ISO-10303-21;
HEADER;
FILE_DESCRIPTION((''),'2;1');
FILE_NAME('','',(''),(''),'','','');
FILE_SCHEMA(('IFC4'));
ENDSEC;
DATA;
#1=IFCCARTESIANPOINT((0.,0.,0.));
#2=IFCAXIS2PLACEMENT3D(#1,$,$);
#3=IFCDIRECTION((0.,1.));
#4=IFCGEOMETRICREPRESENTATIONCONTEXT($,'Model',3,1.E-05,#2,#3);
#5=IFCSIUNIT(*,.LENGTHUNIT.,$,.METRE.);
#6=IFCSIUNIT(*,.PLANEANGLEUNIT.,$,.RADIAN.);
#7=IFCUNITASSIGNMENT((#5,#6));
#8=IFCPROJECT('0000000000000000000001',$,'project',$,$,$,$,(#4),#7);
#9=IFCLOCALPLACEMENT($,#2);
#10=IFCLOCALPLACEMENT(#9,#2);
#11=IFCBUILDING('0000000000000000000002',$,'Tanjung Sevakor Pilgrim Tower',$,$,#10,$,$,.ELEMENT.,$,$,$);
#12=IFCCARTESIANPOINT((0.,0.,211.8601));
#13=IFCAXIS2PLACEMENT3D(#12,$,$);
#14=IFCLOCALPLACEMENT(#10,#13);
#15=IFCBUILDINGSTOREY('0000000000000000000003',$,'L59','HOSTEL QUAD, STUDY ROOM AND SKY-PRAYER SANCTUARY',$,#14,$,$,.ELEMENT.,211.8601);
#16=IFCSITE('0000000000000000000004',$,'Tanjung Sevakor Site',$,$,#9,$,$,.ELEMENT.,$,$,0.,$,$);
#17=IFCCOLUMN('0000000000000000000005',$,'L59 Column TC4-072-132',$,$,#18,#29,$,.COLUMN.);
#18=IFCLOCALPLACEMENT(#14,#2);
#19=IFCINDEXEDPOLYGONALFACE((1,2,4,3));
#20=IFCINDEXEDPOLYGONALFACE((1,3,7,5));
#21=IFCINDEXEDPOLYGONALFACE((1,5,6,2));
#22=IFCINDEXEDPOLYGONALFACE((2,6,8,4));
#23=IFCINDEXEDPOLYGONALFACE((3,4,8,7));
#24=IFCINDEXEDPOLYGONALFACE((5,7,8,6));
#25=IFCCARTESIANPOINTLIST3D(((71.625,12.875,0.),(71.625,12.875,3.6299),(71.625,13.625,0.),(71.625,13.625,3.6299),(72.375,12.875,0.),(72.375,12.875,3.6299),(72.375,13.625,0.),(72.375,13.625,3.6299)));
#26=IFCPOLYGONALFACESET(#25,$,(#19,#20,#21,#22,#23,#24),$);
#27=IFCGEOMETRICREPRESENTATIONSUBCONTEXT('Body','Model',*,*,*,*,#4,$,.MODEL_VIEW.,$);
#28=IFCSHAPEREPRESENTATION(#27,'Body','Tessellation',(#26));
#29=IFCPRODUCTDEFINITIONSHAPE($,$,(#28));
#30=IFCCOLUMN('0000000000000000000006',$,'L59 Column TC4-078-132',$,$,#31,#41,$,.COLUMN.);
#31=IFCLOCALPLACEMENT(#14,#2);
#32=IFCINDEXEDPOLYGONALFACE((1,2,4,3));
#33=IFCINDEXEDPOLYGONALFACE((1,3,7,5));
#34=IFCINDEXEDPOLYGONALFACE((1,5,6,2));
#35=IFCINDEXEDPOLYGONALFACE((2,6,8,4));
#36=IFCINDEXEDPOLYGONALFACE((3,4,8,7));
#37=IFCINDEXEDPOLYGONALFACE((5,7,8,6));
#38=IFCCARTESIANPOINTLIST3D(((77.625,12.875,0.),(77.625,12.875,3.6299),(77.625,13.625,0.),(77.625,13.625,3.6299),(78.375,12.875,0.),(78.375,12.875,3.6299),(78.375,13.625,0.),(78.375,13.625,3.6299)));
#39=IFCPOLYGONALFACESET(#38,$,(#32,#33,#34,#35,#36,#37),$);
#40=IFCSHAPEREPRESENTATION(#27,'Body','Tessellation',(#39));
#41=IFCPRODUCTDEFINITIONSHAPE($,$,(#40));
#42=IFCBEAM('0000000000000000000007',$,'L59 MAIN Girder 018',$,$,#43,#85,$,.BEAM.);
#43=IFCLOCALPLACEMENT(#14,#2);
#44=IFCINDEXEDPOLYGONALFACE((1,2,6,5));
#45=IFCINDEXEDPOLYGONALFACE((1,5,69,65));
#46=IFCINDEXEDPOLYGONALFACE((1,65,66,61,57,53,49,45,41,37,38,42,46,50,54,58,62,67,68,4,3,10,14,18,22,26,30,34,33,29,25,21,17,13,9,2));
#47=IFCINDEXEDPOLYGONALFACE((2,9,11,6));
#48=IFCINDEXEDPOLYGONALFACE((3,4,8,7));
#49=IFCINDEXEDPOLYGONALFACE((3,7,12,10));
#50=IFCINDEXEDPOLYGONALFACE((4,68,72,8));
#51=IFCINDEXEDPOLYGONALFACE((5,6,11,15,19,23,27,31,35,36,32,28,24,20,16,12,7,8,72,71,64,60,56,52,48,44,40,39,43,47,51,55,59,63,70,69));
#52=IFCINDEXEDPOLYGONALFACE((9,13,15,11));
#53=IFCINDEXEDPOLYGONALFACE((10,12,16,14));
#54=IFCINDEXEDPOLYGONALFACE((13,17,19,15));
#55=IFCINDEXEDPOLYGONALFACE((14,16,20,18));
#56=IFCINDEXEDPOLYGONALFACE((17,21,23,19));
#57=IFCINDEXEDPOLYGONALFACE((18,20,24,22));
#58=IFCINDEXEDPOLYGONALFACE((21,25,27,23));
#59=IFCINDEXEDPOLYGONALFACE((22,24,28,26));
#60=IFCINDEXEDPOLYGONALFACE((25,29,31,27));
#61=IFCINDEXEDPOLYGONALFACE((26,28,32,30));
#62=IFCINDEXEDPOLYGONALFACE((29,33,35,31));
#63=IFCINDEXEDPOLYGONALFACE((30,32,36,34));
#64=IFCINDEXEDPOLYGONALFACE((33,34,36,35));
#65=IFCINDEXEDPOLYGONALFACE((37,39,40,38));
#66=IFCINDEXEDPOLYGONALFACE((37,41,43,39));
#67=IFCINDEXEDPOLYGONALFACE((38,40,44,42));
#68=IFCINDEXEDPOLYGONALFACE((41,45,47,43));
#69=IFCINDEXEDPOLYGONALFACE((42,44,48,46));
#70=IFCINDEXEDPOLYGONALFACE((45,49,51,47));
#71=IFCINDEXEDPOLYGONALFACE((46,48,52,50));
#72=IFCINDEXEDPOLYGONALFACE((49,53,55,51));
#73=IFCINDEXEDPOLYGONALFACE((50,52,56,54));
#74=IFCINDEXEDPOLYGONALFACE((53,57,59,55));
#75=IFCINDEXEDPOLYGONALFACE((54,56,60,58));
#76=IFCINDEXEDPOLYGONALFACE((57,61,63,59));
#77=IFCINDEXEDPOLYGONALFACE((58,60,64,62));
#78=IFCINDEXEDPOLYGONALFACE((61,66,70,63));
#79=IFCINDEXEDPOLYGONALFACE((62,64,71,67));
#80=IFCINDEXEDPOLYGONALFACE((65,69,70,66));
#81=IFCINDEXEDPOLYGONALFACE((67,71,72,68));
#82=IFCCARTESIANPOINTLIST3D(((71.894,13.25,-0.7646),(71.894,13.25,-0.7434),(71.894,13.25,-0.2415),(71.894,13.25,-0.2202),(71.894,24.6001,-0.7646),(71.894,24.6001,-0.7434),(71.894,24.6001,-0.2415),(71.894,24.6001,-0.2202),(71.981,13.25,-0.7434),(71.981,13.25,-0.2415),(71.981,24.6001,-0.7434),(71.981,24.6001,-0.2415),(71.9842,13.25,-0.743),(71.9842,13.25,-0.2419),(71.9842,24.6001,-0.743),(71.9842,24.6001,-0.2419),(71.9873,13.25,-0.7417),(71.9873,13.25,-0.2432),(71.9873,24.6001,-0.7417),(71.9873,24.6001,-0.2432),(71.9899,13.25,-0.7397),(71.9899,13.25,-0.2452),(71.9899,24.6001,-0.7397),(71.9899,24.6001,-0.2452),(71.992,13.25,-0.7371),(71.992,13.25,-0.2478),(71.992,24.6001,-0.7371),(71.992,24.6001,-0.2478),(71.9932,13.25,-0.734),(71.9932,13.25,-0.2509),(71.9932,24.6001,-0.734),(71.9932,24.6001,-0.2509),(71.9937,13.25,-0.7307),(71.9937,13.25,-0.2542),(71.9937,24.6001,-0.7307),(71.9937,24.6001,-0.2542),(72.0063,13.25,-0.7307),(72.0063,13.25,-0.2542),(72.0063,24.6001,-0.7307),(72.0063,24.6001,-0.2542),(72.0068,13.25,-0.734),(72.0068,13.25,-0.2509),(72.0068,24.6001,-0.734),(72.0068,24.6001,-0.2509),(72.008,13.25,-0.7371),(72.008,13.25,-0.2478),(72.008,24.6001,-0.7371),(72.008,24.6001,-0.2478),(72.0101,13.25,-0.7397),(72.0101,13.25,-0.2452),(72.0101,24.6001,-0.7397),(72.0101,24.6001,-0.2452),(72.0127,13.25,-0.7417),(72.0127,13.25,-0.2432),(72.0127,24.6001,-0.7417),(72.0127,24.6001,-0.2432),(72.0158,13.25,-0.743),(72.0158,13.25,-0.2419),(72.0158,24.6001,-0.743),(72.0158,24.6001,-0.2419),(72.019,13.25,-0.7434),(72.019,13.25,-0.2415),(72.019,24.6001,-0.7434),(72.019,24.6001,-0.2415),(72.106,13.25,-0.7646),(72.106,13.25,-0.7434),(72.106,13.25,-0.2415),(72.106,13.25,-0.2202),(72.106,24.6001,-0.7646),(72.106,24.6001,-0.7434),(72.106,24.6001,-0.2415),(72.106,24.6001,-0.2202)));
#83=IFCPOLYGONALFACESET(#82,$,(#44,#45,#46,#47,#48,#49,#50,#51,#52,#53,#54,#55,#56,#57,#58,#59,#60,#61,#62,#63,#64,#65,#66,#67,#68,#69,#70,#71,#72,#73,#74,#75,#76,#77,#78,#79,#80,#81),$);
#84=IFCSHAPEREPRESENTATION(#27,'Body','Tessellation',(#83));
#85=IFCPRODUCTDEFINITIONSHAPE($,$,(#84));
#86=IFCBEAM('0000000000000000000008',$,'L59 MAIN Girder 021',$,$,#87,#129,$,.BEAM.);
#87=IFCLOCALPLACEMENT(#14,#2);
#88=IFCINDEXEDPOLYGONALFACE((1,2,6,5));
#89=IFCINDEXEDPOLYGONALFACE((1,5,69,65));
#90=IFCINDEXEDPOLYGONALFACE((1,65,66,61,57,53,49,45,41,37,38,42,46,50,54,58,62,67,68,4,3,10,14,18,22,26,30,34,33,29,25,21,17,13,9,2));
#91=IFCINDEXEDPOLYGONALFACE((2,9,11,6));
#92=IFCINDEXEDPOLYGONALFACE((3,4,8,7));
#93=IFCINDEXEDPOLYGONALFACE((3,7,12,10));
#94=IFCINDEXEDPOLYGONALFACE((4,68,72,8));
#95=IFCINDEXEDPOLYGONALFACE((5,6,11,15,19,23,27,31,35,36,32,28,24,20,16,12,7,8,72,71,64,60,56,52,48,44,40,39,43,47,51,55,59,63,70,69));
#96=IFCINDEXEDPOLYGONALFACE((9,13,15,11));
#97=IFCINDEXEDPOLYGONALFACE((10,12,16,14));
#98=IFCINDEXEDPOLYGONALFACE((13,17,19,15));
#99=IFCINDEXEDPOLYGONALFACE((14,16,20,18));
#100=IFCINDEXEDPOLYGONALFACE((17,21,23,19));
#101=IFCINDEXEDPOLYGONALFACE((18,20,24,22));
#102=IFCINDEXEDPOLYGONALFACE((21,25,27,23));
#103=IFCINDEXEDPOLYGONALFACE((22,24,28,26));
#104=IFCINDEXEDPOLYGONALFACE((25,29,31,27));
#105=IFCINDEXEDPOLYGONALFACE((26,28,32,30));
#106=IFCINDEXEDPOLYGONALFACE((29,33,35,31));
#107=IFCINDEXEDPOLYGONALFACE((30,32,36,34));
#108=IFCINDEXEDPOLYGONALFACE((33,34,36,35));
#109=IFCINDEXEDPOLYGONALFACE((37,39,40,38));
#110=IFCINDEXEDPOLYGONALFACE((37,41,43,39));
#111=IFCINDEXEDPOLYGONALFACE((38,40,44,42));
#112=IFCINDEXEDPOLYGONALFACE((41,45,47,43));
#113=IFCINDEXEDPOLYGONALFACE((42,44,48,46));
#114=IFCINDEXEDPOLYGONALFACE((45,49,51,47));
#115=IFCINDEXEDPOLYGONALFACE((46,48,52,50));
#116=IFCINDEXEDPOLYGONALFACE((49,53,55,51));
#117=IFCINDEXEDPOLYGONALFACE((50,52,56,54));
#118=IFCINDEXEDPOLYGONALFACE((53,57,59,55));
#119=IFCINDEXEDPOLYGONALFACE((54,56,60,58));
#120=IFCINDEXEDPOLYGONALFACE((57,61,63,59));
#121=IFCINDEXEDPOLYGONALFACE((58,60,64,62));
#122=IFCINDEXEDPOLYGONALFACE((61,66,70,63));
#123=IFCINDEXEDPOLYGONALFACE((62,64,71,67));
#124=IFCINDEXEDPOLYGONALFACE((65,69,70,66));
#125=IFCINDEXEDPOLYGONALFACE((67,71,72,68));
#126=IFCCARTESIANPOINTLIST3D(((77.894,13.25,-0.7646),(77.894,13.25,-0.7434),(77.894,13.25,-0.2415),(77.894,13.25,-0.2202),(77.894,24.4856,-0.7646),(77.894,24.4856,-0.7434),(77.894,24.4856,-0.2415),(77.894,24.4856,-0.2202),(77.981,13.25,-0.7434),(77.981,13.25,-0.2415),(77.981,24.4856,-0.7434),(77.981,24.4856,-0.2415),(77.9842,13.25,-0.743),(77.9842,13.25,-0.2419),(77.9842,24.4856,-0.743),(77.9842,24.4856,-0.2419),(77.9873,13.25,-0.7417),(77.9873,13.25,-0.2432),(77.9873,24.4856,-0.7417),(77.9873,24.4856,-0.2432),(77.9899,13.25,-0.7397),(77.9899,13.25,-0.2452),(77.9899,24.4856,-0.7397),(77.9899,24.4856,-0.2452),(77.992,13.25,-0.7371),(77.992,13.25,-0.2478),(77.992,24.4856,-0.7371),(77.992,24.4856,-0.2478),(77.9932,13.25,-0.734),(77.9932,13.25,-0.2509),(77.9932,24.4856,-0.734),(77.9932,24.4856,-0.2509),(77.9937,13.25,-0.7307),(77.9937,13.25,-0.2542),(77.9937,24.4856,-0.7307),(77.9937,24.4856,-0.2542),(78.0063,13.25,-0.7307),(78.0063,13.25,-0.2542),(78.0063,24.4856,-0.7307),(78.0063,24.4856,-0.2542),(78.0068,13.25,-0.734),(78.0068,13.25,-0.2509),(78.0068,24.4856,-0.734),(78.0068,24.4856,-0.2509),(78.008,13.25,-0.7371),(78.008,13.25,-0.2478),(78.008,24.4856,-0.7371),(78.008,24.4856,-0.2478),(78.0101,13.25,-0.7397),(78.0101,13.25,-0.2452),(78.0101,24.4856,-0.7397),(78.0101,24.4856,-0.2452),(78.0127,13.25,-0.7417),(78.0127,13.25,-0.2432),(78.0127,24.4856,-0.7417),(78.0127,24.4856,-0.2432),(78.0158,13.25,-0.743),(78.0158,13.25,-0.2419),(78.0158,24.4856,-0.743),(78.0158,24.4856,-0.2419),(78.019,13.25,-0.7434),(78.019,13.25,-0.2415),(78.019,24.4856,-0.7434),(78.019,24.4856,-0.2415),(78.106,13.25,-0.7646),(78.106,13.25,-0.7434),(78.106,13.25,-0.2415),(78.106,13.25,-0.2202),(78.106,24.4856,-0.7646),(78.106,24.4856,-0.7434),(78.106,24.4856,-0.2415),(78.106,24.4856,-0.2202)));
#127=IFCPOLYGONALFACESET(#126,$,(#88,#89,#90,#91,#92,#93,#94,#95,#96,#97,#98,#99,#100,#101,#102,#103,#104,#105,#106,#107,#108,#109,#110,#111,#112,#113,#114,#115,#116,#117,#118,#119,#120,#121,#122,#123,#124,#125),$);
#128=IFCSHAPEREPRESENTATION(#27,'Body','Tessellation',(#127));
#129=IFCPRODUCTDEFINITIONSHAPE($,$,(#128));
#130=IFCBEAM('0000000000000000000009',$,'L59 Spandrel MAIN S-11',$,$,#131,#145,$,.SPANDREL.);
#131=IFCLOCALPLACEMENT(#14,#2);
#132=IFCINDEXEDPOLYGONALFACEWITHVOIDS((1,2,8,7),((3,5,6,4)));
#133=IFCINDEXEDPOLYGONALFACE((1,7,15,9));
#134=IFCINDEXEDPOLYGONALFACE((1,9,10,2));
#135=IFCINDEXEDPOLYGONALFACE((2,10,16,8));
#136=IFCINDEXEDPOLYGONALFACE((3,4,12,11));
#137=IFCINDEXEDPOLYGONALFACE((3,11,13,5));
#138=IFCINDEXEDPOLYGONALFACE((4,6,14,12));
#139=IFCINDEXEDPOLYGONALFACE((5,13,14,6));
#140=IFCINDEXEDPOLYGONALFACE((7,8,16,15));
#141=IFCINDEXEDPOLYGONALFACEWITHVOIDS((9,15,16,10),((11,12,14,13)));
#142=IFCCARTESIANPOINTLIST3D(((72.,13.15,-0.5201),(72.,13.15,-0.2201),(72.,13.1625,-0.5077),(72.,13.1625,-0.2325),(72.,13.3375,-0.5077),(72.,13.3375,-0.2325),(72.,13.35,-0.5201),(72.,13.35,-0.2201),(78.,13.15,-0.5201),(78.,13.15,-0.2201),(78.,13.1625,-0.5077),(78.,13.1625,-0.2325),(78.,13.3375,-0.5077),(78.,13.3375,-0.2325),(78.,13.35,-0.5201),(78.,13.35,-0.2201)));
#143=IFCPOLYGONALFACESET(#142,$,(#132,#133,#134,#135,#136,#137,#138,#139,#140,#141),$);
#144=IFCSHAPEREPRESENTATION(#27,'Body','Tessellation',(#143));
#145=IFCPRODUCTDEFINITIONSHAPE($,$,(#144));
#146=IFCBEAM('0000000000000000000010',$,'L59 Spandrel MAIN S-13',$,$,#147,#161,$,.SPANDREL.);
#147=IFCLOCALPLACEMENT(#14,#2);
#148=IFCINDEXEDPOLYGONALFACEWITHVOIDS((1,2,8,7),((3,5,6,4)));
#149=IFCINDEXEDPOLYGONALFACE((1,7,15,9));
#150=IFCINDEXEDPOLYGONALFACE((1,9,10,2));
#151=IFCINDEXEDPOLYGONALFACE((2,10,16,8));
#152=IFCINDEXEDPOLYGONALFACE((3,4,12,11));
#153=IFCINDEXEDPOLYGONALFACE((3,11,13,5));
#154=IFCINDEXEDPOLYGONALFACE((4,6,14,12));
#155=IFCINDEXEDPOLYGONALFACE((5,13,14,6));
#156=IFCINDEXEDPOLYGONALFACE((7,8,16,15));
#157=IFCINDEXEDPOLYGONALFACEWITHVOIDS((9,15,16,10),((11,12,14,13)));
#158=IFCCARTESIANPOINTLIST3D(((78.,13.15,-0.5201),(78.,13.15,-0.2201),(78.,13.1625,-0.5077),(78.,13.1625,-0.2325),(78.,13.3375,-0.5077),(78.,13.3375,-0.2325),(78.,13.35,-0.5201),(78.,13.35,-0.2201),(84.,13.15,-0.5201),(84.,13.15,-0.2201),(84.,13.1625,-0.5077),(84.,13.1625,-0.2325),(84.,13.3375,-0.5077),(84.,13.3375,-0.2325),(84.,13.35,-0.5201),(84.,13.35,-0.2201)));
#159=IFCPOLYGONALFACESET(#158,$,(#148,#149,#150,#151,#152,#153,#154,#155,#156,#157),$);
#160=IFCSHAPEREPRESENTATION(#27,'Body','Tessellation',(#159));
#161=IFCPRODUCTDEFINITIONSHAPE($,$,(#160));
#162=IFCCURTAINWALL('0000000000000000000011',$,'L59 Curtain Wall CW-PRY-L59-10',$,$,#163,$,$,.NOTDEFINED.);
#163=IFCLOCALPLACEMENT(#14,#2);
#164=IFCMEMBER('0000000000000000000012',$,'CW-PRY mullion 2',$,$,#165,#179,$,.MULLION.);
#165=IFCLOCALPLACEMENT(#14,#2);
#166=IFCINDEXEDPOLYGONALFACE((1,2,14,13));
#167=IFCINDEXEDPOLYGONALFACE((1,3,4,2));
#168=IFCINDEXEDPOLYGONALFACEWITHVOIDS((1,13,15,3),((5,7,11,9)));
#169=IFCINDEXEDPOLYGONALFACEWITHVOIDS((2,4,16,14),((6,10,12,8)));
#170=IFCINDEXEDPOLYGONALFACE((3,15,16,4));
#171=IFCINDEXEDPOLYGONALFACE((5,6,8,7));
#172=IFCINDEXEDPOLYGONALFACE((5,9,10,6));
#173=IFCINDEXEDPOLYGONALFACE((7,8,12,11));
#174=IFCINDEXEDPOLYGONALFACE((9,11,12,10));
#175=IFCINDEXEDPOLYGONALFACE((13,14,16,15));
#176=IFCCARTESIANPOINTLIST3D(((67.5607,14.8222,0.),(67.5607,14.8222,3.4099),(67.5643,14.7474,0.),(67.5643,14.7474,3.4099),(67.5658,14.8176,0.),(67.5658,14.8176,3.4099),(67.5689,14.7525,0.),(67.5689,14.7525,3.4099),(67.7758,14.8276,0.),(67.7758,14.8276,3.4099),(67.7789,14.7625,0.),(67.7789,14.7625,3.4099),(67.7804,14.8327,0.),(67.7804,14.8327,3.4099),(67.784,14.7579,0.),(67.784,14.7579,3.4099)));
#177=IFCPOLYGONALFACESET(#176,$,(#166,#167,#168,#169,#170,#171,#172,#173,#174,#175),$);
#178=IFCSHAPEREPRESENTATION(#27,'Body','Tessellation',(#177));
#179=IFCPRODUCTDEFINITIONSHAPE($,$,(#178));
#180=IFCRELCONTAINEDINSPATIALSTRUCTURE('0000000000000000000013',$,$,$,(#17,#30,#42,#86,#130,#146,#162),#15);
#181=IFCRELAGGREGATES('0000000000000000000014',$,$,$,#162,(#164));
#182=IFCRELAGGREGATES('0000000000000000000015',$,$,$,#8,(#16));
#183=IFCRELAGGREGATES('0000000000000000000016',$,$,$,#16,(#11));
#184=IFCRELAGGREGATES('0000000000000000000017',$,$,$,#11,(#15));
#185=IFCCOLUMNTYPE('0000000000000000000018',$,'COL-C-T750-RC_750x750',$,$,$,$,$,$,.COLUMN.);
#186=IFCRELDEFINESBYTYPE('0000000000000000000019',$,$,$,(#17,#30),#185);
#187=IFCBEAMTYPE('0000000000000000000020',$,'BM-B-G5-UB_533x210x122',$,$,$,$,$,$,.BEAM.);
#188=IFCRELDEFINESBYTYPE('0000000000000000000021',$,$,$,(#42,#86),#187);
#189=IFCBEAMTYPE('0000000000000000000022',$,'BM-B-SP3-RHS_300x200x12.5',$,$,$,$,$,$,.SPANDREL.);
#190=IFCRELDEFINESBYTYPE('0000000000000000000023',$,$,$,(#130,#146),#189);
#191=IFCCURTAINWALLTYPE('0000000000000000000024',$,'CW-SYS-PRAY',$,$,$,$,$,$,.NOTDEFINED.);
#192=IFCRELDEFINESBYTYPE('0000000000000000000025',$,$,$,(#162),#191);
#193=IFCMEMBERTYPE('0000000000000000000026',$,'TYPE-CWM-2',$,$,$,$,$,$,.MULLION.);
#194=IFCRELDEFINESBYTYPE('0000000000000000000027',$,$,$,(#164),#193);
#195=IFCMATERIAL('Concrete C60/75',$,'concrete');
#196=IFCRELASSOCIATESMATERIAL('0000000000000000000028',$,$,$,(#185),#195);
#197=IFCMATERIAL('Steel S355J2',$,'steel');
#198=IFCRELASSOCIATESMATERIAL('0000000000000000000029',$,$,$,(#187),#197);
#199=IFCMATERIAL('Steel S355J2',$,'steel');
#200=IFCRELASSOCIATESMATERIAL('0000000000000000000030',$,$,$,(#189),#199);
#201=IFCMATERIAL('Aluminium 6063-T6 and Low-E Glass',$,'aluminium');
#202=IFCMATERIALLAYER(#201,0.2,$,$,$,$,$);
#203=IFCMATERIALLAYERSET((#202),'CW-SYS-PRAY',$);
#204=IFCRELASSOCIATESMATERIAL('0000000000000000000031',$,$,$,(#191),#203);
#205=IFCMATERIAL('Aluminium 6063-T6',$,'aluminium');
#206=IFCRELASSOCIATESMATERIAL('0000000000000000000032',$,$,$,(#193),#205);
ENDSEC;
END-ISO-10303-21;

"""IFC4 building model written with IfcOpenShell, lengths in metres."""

from ifc_helpers import new_model, si_unit, direction, frame, origin, origin_2d, place, context, subcontext, project, spatial, rectangle, hollow_rectangle, i_section, extrude, material, layer, layer_set, material_profile, profile_set, type_object, element, aggregate, save


model = new_model("IFC4")

# Units and contexts
model_context = context("Model", 3, precision=1e-05, world=origin(), true_north=direction((0.0, 1.0)))
body_context = subcontext(model_context, "Body", "Model", "MODEL_VIEW")
ifc_project = project(units=[si_unit("LENGTHUNIT", "METRE"), si_unit("PLANEANGLEUNIT", "RADIAN")], contexts=[model_context])

# Site, building, storey
site_placement = place(None, origin())
site = spatial("IfcSite", under=ifc_project, at=site_placement, Name="Tanjung Sevakor Site", CompositionType="ELEMENT", RefElevation=0.0)
building_placement = place(site_placement, origin())
building = spatial("IfcBuilding", under=site, at=building_placement, Name="Tanjung Sevakor Pilgrim Tower", CompositionType="ELEMENT")
storey_placement = place(building_placement, frame((0.0, 0.0, 211.8601)))
storey = spatial("IfcBuildingStorey", under=building, at=storey_placement, Name="L59", Description="HOSTEL QUAD, STUDY ROOM AND SKY-PRAYER SANCTUARY", CompositionType="ELEMENT", Elevation=211.8601)

# Columns
ifc_material_1 = material(Name="Concrete C60/75", Category="concrete")
ifc_material_profile_1 = material_profile(ifc_material_1, rectangle(XDim=0.75, YDim=0.75, at=origin_2d()))
ifc_profile_set_1 = profile_set([ifc_material_profile_1], Name="Concrete C60/75")
column_type = type_object("IfcColumnType", Name="COL-C-T750-RC_750x750", PredefinedType="COLUMN", material=ifc_profile_set_1)
for number, where, z_axis, x_axis, name in (
    (1, (72.0, 13.25, 0.0), (0.0, 0.0, 1.0), (1.0, 0.0, 0.0), "L59 Column TC4-072-132"),
    (2, (78.0, 13.25, 0.0), (0.0, 0.0, 1.0), (1.0, 0.0, 0.0), "L59 Column TC4-078-132"),
):
    element("IfcColumn", number, at=place(storey_placement, frame(where, z_axis=z_axis, x_axis=x_axis)), inside=storey, type_object=column_type, Name=name, PredefinedType="COLUMN", context=body_context, shape_type="SweptSolid", body=[
        extrude(rectangle(XDim=0.75, YDim=0.75, at=origin_2d()), origin(), (0.0, 0.0, 1.0), 3.6299),
    ])

# Beams
ifc_material_2 = material(Name="Steel S355J2", Category="steel")
ifc_material_profile_2 = material_profile(ifc_material_2, i_section(OverallWidth=0.2119, OverallDepth=0.5444, WebThickness=0.0127, FlangeThickness=0.0212, FilletRadius=0.0127, at=origin_2d()))
ifc_profile_set_2 = profile_set([ifc_material_profile_2], Name="Steel S355J2")
beam_type_1 = type_object("IfcBeamType", Name="BM-B-G5-UB_533x210x122", PredefinedType="BEAM", material=ifc_profile_set_2)
beam_1_placement = place(storey_placement, frame((72.0, 13.25, -0.4924), z_axis=(0.0, 1.0, 0.0), x_axis=(-1.0, 0.0, 0.0)))
element("IfcBeam", 3, at=beam_1_placement, inside=storey, type_object=beam_type_1, Name="L59 MAIN Girder 018", PredefinedType="BEAM", context=body_context, shape_type="SweptSolid", body=[
    extrude(i_section(OverallWidth=0.2119, OverallDepth=0.5444, WebThickness=0.0127, FlangeThickness=0.0212, FilletRadius=0.0127, at=origin_2d()), origin(), (0.0, 0.0, 1.0), 11.3501),
])
beam_2_placement = place(storey_placement, frame((78.0, 13.25, -0.4924), z_axis=(0.0, 1.0, 0.0), x_axis=(-1.0, 0.0, 0.0)))
element("IfcBeam", 4, at=beam_2_placement, inside=storey, type_object=beam_type_1, Name="L59 MAIN Girder 021", PredefinedType="BEAM", context=body_context, shape_type="SweptSolid", body=[
    extrude(i_section(OverallWidth=0.2119, OverallDepth=0.5444, WebThickness=0.0127, FlangeThickness=0.0212, FilletRadius=0.0127, at=origin_2d()), origin(), (0.0, 0.0, 1.0), 11.2356),
])
ifc_material_3 = material(Name="Steel S355J2", Category="steel")
ifc_material_profile_3 = material_profile(ifc_material_3, hollow_rectangle(XDim=0.2, YDim=0.3, WallThickness=0.0125, at=origin_2d()))
ifc_profile_set_3 = profile_set([ifc_material_profile_3], Name="Steel S355J2")
beam_type_2 = type_object("IfcBeamType", Name="BM-B-SP3-RHS_300x200x12.5", PredefinedType="SPANDREL", material=ifc_profile_set_3)
for number, where, z_axis, x_axis, name in (
    (5, (72.0, 13.25, -0.3701), (1.0, 0.0, 0.0), (0.0, 1.0, 0.0), "L59 Spandrel MAIN S-11"),
    (6, (78.0, 13.25, -0.3701), (1.0, 0.0, 0.0), (0.0, 1.0, 0.0), "L59 Spandrel MAIN S-13"),
):
    element("IfcBeam", number, at=place(storey_placement, frame(where, z_axis=z_axis, x_axis=x_axis)), inside=storey, type_object=beam_type_2, Name=name, PredefinedType="SPANDREL", context=body_context, shape_type="SweptSolid", body=[
        extrude(hollow_rectangle(XDim=0.2, YDim=0.3, WallThickness=0.0125, at=origin_2d()), origin(), (0.0, 0.0, 1.0), 6.0),
    ])

# Curtain wall, member
ifc_material_4 = material(Name="Aluminium 6063-T6 and Low-E Glass", Category="aluminium")
ifc_layer_1 = layer(ifc_material_4, 0.2)
ifc_layer_set_1 = layer_set([ifc_layer_1], Name="CW-SYS-PRAY")
curtain_wall_type = type_object("IfcCurtainWallType", Name="CW-SYS-PRAY", PredefinedType="NOTDEFINED", material=ifc_layer_set_1)
curtain_wall_placement = place(storey_placement, origin())
curtain_wall = element("IfcCurtainWall", 7, at=curtain_wall_placement, inside=storey, type_object=curtain_wall_type, Name="L59 Curtain Wall CW-PRY-L59-10", PredefinedType="NOTDEFINED")
ifc_material_5 = material(Name="Aluminium 6063-T6", Category="aluminium")
ifc_material_profile_4 = material_profile(ifc_material_5, hollow_rectangle(XDim=0.075, YDim=0.22, WallThickness=0.0049, at=origin_2d()))
ifc_profile_set_4 = profile_set([ifc_material_profile_4], Name="Aluminium 6063-T6")
member_type_1 = type_object("IfcMemberType", Name="TYPE-CWM-2", PredefinedType="MULLION", material=ifc_profile_set_4)
member_1_placement = place(storey_placement, frame((67.6724, 14.79, 0.0), z_axis=(0.0, 0.0, 1.0), x_axis=(-0.047787, 0.998858, 0.0)))
member_1 = element("IfcMember", 8, at=member_1_placement, type_object=member_type_1, Name="CW-PRY mullion 2", PredefinedType="MULLION", context=body_context, shape_type="SweptSolid", body=[
    extrude(hollow_rectangle(XDim=0.075, YDim=0.22, WallThickness=0.0049, at=origin_2d()), origin(), (0.0, 0.0, 1.0), 3.4099),
])
aggregate(curtain_wall, [member_1])

save(model, "model.ifc")
